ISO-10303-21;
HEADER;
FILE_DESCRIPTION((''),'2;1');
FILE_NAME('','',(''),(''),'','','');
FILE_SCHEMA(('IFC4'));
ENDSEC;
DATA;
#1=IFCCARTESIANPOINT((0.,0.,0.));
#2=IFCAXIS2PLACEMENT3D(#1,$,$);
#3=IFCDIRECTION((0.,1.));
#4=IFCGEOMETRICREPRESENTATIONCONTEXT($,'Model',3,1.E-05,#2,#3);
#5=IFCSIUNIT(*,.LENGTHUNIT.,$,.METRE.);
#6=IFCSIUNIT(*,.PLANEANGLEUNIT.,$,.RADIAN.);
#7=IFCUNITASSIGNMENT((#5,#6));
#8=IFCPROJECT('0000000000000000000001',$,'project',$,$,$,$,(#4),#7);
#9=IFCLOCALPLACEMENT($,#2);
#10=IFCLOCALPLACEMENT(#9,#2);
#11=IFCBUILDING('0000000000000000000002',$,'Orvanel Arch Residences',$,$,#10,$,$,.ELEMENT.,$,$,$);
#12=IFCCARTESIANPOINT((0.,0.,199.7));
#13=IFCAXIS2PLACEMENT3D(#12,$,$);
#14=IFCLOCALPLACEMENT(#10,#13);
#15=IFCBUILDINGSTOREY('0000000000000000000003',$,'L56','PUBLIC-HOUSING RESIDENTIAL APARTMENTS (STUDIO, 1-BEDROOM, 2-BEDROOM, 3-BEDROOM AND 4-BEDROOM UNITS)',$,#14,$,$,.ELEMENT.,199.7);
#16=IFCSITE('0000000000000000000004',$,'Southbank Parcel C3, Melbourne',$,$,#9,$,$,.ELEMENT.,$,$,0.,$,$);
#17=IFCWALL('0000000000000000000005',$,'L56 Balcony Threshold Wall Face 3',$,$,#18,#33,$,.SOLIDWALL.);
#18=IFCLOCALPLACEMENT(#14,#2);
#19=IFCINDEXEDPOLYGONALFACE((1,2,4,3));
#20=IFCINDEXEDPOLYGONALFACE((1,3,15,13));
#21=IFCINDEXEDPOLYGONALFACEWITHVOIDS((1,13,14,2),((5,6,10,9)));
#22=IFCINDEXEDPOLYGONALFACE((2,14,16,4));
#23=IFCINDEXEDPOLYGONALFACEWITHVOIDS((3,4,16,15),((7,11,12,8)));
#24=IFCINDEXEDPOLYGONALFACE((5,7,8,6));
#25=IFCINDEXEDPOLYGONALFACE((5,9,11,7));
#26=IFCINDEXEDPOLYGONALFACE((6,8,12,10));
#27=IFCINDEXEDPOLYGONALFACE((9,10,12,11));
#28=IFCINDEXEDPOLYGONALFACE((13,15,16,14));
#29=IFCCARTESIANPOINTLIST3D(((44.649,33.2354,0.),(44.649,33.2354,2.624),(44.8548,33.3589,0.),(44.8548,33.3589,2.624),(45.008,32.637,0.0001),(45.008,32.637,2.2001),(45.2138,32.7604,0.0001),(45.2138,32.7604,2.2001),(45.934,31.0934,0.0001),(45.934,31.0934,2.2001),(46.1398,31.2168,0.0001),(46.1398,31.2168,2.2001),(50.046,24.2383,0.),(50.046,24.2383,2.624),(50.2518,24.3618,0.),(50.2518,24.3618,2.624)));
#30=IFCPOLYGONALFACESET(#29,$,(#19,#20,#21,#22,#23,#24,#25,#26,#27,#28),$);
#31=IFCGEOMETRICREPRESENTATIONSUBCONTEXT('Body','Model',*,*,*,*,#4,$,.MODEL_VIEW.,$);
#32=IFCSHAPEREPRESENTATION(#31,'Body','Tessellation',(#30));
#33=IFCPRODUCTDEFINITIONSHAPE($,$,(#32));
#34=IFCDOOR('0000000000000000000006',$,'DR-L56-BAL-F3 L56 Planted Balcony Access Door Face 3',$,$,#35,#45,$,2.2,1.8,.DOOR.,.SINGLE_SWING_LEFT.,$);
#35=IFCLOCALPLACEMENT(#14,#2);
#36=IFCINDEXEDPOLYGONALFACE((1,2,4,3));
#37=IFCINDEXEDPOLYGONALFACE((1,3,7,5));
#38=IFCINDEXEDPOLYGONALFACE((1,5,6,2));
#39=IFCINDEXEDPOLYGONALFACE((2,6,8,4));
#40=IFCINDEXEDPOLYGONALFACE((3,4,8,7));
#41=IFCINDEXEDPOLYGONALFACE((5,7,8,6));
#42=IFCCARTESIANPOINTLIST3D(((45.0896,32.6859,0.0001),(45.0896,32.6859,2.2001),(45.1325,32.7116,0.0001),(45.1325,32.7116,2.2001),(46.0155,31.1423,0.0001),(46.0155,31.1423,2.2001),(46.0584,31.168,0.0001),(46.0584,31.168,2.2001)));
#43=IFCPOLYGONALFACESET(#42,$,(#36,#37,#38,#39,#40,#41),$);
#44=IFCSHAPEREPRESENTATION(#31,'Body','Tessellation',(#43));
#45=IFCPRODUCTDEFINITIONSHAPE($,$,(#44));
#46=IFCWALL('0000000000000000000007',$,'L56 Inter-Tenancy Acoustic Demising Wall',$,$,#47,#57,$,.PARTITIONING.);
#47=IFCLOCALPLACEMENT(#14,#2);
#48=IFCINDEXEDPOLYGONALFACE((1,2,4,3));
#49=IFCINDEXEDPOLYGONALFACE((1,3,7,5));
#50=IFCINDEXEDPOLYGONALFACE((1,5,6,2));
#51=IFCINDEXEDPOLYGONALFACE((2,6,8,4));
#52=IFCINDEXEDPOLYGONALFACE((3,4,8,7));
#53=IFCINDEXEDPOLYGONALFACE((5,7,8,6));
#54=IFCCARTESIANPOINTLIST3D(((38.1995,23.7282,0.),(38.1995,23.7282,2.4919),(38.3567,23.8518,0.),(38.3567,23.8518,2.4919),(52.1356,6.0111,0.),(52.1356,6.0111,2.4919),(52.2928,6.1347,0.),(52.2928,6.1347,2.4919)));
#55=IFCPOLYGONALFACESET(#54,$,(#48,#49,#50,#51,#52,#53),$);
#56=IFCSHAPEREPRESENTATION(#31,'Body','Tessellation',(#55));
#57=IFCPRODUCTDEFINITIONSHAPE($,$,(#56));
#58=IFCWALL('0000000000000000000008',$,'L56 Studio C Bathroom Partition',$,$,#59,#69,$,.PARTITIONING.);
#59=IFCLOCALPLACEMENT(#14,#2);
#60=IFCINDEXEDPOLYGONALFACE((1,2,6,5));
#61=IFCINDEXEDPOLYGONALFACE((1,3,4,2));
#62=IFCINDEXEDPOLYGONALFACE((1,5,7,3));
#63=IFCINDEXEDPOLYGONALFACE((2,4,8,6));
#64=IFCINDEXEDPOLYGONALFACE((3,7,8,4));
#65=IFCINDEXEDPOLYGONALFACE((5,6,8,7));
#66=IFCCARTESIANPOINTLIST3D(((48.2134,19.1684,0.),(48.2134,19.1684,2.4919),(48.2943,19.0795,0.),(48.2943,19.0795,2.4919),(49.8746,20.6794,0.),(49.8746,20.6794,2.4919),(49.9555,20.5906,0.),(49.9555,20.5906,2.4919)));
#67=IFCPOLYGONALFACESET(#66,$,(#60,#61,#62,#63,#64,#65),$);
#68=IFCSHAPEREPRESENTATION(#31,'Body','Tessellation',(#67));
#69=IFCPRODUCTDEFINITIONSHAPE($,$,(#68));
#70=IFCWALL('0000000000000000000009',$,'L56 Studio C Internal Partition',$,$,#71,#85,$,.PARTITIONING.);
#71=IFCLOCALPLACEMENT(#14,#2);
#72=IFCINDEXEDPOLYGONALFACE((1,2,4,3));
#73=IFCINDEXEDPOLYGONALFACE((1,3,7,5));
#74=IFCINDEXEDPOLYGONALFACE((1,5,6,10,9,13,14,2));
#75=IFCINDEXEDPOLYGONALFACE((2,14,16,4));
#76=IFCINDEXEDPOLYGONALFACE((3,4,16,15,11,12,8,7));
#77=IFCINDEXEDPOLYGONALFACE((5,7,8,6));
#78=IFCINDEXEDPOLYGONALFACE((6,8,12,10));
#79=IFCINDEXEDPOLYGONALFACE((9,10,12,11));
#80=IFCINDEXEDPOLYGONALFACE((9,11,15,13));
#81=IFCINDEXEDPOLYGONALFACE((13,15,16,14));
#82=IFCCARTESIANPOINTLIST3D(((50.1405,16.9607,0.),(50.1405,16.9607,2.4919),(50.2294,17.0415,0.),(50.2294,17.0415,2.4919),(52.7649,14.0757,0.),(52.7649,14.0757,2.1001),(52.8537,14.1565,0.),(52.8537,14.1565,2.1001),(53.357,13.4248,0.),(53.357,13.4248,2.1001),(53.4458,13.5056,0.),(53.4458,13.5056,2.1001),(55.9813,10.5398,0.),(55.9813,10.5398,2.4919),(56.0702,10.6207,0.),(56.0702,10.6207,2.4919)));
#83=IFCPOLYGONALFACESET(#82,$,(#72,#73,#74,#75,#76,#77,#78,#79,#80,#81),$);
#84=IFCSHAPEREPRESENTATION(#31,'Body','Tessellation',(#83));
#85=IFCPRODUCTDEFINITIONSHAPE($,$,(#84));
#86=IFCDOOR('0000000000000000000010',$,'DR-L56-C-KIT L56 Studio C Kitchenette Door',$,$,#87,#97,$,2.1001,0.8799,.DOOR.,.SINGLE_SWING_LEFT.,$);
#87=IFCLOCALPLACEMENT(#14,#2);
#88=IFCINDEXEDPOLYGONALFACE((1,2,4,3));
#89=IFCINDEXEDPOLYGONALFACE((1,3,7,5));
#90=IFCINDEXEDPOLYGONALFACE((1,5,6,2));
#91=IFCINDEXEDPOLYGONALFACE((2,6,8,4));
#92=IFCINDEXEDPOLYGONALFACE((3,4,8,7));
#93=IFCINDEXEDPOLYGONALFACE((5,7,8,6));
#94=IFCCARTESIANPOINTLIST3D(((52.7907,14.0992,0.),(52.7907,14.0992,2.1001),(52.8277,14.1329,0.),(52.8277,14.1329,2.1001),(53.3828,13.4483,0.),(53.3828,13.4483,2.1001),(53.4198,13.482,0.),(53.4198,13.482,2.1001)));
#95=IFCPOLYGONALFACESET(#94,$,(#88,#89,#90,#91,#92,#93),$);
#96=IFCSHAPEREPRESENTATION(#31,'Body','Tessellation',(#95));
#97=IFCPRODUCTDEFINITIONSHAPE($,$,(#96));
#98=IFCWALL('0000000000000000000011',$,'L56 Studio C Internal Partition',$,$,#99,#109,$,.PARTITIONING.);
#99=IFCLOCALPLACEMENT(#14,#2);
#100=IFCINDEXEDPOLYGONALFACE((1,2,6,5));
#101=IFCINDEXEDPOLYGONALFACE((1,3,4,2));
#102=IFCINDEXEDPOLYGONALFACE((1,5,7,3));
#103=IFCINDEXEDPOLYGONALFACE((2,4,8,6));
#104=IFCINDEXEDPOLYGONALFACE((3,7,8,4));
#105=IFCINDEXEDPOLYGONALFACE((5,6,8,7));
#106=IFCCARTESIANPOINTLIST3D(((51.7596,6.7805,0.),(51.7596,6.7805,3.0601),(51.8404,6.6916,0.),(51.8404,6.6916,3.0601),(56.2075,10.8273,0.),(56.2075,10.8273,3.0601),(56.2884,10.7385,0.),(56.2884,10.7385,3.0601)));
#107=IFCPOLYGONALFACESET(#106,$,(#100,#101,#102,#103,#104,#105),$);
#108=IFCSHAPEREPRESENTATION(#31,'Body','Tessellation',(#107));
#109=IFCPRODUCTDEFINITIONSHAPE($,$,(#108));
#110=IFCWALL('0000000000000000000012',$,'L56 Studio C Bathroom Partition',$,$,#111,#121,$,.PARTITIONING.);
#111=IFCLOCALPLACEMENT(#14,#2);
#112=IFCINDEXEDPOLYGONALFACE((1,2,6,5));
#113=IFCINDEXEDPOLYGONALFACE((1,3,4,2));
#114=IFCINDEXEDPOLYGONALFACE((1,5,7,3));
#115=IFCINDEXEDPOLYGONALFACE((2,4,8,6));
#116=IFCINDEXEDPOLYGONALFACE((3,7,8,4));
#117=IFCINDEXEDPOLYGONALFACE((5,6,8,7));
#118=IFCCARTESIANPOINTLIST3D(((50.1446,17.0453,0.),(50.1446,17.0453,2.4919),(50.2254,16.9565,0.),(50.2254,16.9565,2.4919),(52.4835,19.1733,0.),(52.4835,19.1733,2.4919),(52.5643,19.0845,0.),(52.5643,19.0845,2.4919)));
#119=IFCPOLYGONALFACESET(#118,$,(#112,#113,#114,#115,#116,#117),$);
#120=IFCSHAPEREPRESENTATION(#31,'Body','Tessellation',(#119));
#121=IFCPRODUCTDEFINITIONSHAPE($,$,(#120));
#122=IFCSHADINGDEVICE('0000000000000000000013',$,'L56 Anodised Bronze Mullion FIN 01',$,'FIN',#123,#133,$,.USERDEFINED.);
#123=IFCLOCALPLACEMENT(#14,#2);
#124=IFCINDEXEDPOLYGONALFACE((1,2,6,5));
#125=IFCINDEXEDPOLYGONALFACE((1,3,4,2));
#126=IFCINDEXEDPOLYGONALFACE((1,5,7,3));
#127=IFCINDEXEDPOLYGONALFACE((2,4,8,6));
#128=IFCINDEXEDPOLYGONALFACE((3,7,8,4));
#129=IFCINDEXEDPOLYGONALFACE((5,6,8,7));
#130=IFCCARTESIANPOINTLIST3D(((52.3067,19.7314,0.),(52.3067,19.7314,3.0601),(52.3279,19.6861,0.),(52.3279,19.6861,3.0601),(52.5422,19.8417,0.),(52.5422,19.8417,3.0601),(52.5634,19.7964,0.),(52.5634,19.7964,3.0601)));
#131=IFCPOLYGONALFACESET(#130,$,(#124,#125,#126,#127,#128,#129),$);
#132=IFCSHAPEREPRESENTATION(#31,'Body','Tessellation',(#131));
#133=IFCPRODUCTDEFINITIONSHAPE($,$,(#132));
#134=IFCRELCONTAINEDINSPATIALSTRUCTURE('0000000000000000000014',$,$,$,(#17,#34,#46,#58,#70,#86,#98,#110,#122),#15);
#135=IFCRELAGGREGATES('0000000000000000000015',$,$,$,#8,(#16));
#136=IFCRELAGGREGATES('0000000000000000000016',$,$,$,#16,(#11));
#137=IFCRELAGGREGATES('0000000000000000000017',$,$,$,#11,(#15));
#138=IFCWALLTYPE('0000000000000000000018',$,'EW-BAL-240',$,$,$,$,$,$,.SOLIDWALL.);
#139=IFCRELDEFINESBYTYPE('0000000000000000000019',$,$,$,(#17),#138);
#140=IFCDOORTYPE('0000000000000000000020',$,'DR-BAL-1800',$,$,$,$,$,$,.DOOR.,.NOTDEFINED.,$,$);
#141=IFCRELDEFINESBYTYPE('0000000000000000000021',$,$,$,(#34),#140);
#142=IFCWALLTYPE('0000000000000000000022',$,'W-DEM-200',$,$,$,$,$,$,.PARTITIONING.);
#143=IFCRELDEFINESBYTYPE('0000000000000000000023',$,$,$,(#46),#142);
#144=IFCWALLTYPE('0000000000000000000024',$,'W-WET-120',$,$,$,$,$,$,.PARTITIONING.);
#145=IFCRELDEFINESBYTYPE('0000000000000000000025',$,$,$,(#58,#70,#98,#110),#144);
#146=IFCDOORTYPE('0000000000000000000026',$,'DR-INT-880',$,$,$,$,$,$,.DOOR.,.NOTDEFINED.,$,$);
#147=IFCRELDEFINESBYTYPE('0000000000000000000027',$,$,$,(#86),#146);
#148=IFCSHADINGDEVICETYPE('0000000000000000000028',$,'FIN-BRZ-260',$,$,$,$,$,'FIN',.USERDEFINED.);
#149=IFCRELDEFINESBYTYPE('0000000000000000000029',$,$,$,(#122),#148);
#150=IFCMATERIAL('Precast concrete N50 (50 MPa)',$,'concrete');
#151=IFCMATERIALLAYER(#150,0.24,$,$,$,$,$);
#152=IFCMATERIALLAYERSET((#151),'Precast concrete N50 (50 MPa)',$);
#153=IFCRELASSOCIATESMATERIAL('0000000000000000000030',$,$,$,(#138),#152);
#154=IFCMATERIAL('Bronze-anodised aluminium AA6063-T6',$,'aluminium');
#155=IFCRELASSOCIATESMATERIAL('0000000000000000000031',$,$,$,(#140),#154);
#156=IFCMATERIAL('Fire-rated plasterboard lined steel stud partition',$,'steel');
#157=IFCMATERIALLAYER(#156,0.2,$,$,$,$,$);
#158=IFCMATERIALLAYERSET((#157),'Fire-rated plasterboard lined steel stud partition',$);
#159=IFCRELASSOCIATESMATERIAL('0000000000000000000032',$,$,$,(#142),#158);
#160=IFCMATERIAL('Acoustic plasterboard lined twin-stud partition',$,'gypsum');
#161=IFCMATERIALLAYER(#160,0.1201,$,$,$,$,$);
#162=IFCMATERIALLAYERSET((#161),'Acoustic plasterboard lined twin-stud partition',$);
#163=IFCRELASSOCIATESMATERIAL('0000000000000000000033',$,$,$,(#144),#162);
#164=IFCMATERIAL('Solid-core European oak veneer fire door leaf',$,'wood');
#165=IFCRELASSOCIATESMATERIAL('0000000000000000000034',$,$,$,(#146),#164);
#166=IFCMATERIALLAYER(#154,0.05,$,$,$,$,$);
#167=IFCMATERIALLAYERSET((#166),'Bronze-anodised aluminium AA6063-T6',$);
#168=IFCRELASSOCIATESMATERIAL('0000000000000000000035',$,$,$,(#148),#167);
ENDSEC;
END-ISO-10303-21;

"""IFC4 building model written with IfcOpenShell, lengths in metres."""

from ifc_helpers import new_model, si_unit, direction, frame, frame_2d, origin, origin_2d, place, context, subcontext, project, spatial, rectangle, extrude, material, layer, layer_set, type_object, element, fill, save


model = new_model("IFC4")

# Units and contexts
model_context = context("Model", 3, precision=1e-05, world=origin(), true_north=direction((0.0, 1.0)))
body_context = subcontext(model_context, "Body", "Model", "MODEL_VIEW")
ifc_project = project(units=[si_unit("LENGTHUNIT", "METRE"), si_unit("PLANEANGLEUNIT", "RADIAN")], contexts=[model_context])

# Site, building, storey
site_placement = place(None, origin())
site = spatial("IfcSite", under=ifc_project, at=site_placement, Name="Southbank Parcel C3, Melbourne", CompositionType="ELEMENT", RefElevation=0.0)
building_placement = place(site_placement, origin())
building = spatial("IfcBuilding", under=site, at=building_placement, Name="Orvanel Arch Residences", CompositionType="ELEMENT")
storey_placement = place(building_placement, frame((0.0, 0.0, 199.7)))
storey = spatial("IfcBuildingStorey", under=building, at=storey_placement, Name="L56", Description="PUBLIC-HOUSING RESIDENTIAL APARTMENTS (STUDIO, 1-BEDROOM, 2-BEDROOM, 3-BEDROOM AND 4-BEDROOM UNITS)", CompositionType="ELEMENT", Elevation=199.7)

# Shared definitions
ifc_material_1 = material(Name="Bronze-anodised aluminium AA6063-T6", Category="aluminium")

# Wall, opening, door
ifc_material_2 = material(Name="Precast concrete N50 (50 MPa)", Category="concrete")
ifc_layer_1 = layer(ifc_material_2, 0.24)
ifc_layer_set_1 = layer_set([ifc_layer_1], Name="Precast concrete N50 (50 MPa)")
wall_type_1 = type_object("IfcWallType", Name="EW-BAL-240", PredefinedType="SOLIDWALL", material=ifc_layer_set_1)
wall_1_placement = place(storey_placement, frame((50.1489, 24.3, 0.0), z_axis=(0.0, 0.0, 1.0), x_axis=(-0.514407, 0.857546, 0.0)))
wall_1 = element("IfcWall", 1, at=wall_1_placement, inside=storey, type_object=wall_type_1, Name="L56 Balcony Threshold Wall Face 3", PredefinedType="SOLIDWALL", context=body_context, shape_type="SweptSolid", body=[
    extrude(rectangle(XDim=10.4917, YDim=0.24, at=frame_2d((5.2458, 0.0))), origin(), (0.0, 0.0, 1.0), 2.624),
])
opening_1_placement = place(wall_1_placement, frame((7.9939, 0.0, 0.0)))
opening_1 = element("IfcOpeningElement", 2, at=opening_1_placement, cuts=wall_1, PredefinedType="OPENING", context=body_context, shape_type="SweptSolid", body=[
    extrude(rectangle(XDim=1.8, YDim=2.2, at=frame_2d((0.8999, 1.1001))), frame((0.0, 0.1299, 0.0), z_axis=(0.0, -1.0, 0.0), x_axis=(1.0, 0.0, 0.0)), (0.0, 0.0, 1.0), 0.26),
])
door_type_1 = type_object("IfcDoorType", Name="DR-BAL-1800", OperationType="NOTDEFINED", PredefinedType="DOOR", material=ifc_material_1)
door_1_placement = place(opening_1_placement, origin())
door_1 = element("IfcDoor", 3, at=door_1_placement, inside=storey, type_object=door_type_1, Name="DR-L56-BAL-F3 L56 Planted Balcony Access Door Face 3", OperationType="SINGLE_SWING_LEFT", OverallHeight=2.2, OverallWidth=1.8, PredefinedType="DOOR", context=body_context, shape_type="SweptSolid", body=[
    extrude(rectangle(XDim=1.8, YDim=2.2, at=frame_2d((0.8999, 1.1001))), frame((0.0, 0.0249, 0.0), z_axis=(0.0, -1.0, 0.0), x_axis=(1.0, 0.0, 0.0)), (0.0, 0.0, 1.0), 0.05),
])
fill(opening_1, door_1)

# Walls
ifc_material_3 = material(Name="Fire-rated plasterboard lined steel stud partition", Category="steel")
ifc_layer_2 = layer(ifc_material_3, 0.2)
ifc_layer_set_2 = layer_set([ifc_layer_2], Name="Fire-rated plasterboard lined steel stud partition")
wall_type_2 = type_object("IfcWallType", Name="W-DEM-200", PredefinedType="PARTITIONING", material=ifc_layer_set_2)
wall_2_placement = place(storey_placement, frame((52.2141, 6.073, 0.0), z_axis=(0.0, 0.0, 1.0), x_axis=(-0.618247, 0.785984, 0.0)))
element("IfcWall", 4, at=wall_2_placement, inside=storey, type_object=wall_type_2, Name="L56 Inter-Tenancy Acoustic Demising Wall", PredefinedType="PARTITIONING", context=body_context, shape_type="SweptSolid", body=[
    extrude(rectangle(XDim=22.5413, YDim=0.2, at=frame_2d((11.2705, 0.0))), origin(), (0.0, 0.0, 1.0), 2.4919),
])
ifc_material_4 = material(Name="Acoustic plasterboard lined twin-stud partition", Category="gypsum")
ifc_layer_3 = layer(ifc_material_4, 0.1201)
ifc_layer_set_3 = layer_set([ifc_layer_3], Name="Acoustic plasterboard lined twin-stud partition")
wall_type_3 = type_object("IfcWallType", Name="W-WET-120", PredefinedType="PARTITIONING", material=ifc_layer_set_3)
wall_3_placement = place(storey_placement, frame((49.915, 20.635, 0.0), z_axis=(0.0, 0.0, 1.0), x_axis=(-0.739748, -0.672884, 0.0)))
element("IfcWall", 5, at=wall_3_placement, inside=storey, type_object=wall_type_3, Name="L56 Studio C Bathroom Partition", PredefinedType="PARTITIONING", context=body_context, shape_type="SweptSolid", body=[
    extrude(rectangle(XDim=2.2456, YDim=0.1201, at=frame_2d((1.1228, 0.0))), origin(), (0.0, 0.0, 1.0), 2.4919),
])

# Wall, opening, door
wall_4_placement = place(storey_placement, frame((50.1851, 17.001, 0.0), z_axis=(0.0, 0.0, 1.0), x_axis=(0.672902, -0.739731, 0.0)))
wall_4 = element("IfcWall", 6, at=wall_4_placement, inside=storey, type_object=wall_type_3, Name="L56 Studio C Internal Partition", PredefinedType="PARTITIONING", context=body_context, shape_type="SweptSolid", body=[
    extrude(rectangle(XDim=8.6799, YDim=0.1201, at=frame_2d((4.3398, 0.0))), origin(), (0.0, 0.0, 1.0), 2.4919),
])
opening_2_placement = place(wall_4_placement, frame((3.8999, 0.0, 0.0)))
opening_2 = element("IfcOpeningElement", 7, at=opening_2_placement, cuts=wall_4, PredefinedType="OPENING", context=body_context, shape_type="SweptSolid", body=[
    extrude(rectangle(XDim=0.8799, YDim=2.1001, at=frame_2d((0.4399, 1.05))), frame((0.0, 0.0701, 0.0), z_axis=(0.0, -1.0, 0.0), x_axis=(1.0, 0.0, 0.0)), (0.0, 0.0, 1.0), 0.1401),
])
ifc_material_5 = material(Name="Solid-core European oak veneer fire door leaf", Category="wood")
door_type_2 = type_object("IfcDoorType", Name="DR-INT-880", OperationType="NOTDEFINED", PredefinedType="DOOR", material=ifc_material_5)
door_2_placement = place(opening_2_placement, origin())
door_2 = element("IfcDoor", 8, at=door_2_placement, inside=storey, type_object=door_type_2, Name="DR-L56-C-KIT L56 Studio C Kitchenette Door", OperationType="SINGLE_SWING_LEFT", OverallHeight=2.1001, OverallWidth=0.8799, PredefinedType="DOOR", context=body_context, shape_type="SweptSolid", body=[
    extrude(rectangle(XDim=0.8799, YDim=2.1001, at=frame_2d((0.4399, 1.05))), frame((0.0, 0.0249, 0.0), z_axis=(0.0, -1.0, 0.0), x_axis=(1.0, 0.0, 0.0)), (0.0, 0.0, 1.0), 0.05),
])
fill(opening_2, door_2)

# Walls
wall_5_placement = place(storey_placement, frame((56.248, 10.783, 0.0), z_axis=(0.0, 0.0, 1.0), x_axis=(-0.739672, -0.672968, 0.0)))
element("IfcWall", 9, at=wall_5_placement, inside=storey, type_object=wall_type_3, Name="L56 Studio C Internal Partition", PredefinedType="PARTITIONING", context=body_context, shape_type="SweptSolid", body=[
    extrude(rectangle(XDim=6.0134, YDim=0.1201, at=frame_2d((3.0068, 0.0))), origin(), (0.0, 0.0, 1.0), 3.0601),
])
wall_6_placement = place(storey_placement, frame((52.5239, 19.1289, 0.0), z_axis=(0.0, 0.0, 1.0), x_axis=(-0.739674, -0.672965, 0.0)))
element("IfcWall", 10, at=wall_6_placement, inside=storey, type_object=wall_type_3, Name="L56 Studio C Bathroom Partition", PredefinedType="PARTITIONING", context=body_context, shape_type="SweptSolid", body=[
    extrude(rectangle(XDim=3.1621, YDim=0.1201, at=frame_2d((1.5811, 0.0))), origin(), (0.0, 0.0, 1.0), 2.4919),
])

# Shading device
ifc_layer_4 = layer(ifc_material_1, 0.05)
ifc_layer_set_4 = layer_set([ifc_layer_4], Name="Bronze-anodised aluminium AA6063-T6")
shading_device_type = type_object("IfcShadingDeviceType", Name="FIN-BRZ-260", ElementType="FIN", PredefinedType="USERDEFINED", material=ifc_layer_set_4)
shading_device_placement = place(storey_placement, frame((52.4351, 19.7639, 0.0), z_axis=(0.0, 0.0, 1.0), x_axis=(0.905569, 0.424199, 0.0)))
element("IfcShadingDevice", 11, at=shading_device_placement, inside=storey, type_object=shading_device_type, Name="L56 Anodised Bronze Mullion FIN 01", ObjectType="FIN", PredefinedType="USERDEFINED", context=body_context, shape_type="SweptSolid", body=[
    extrude(rectangle(XDim=0.26, YDim=0.05, at=origin_2d()), origin(), (0.0, 0.0, 1.0), 3.0601),
])

save(model, "model.ifc")
